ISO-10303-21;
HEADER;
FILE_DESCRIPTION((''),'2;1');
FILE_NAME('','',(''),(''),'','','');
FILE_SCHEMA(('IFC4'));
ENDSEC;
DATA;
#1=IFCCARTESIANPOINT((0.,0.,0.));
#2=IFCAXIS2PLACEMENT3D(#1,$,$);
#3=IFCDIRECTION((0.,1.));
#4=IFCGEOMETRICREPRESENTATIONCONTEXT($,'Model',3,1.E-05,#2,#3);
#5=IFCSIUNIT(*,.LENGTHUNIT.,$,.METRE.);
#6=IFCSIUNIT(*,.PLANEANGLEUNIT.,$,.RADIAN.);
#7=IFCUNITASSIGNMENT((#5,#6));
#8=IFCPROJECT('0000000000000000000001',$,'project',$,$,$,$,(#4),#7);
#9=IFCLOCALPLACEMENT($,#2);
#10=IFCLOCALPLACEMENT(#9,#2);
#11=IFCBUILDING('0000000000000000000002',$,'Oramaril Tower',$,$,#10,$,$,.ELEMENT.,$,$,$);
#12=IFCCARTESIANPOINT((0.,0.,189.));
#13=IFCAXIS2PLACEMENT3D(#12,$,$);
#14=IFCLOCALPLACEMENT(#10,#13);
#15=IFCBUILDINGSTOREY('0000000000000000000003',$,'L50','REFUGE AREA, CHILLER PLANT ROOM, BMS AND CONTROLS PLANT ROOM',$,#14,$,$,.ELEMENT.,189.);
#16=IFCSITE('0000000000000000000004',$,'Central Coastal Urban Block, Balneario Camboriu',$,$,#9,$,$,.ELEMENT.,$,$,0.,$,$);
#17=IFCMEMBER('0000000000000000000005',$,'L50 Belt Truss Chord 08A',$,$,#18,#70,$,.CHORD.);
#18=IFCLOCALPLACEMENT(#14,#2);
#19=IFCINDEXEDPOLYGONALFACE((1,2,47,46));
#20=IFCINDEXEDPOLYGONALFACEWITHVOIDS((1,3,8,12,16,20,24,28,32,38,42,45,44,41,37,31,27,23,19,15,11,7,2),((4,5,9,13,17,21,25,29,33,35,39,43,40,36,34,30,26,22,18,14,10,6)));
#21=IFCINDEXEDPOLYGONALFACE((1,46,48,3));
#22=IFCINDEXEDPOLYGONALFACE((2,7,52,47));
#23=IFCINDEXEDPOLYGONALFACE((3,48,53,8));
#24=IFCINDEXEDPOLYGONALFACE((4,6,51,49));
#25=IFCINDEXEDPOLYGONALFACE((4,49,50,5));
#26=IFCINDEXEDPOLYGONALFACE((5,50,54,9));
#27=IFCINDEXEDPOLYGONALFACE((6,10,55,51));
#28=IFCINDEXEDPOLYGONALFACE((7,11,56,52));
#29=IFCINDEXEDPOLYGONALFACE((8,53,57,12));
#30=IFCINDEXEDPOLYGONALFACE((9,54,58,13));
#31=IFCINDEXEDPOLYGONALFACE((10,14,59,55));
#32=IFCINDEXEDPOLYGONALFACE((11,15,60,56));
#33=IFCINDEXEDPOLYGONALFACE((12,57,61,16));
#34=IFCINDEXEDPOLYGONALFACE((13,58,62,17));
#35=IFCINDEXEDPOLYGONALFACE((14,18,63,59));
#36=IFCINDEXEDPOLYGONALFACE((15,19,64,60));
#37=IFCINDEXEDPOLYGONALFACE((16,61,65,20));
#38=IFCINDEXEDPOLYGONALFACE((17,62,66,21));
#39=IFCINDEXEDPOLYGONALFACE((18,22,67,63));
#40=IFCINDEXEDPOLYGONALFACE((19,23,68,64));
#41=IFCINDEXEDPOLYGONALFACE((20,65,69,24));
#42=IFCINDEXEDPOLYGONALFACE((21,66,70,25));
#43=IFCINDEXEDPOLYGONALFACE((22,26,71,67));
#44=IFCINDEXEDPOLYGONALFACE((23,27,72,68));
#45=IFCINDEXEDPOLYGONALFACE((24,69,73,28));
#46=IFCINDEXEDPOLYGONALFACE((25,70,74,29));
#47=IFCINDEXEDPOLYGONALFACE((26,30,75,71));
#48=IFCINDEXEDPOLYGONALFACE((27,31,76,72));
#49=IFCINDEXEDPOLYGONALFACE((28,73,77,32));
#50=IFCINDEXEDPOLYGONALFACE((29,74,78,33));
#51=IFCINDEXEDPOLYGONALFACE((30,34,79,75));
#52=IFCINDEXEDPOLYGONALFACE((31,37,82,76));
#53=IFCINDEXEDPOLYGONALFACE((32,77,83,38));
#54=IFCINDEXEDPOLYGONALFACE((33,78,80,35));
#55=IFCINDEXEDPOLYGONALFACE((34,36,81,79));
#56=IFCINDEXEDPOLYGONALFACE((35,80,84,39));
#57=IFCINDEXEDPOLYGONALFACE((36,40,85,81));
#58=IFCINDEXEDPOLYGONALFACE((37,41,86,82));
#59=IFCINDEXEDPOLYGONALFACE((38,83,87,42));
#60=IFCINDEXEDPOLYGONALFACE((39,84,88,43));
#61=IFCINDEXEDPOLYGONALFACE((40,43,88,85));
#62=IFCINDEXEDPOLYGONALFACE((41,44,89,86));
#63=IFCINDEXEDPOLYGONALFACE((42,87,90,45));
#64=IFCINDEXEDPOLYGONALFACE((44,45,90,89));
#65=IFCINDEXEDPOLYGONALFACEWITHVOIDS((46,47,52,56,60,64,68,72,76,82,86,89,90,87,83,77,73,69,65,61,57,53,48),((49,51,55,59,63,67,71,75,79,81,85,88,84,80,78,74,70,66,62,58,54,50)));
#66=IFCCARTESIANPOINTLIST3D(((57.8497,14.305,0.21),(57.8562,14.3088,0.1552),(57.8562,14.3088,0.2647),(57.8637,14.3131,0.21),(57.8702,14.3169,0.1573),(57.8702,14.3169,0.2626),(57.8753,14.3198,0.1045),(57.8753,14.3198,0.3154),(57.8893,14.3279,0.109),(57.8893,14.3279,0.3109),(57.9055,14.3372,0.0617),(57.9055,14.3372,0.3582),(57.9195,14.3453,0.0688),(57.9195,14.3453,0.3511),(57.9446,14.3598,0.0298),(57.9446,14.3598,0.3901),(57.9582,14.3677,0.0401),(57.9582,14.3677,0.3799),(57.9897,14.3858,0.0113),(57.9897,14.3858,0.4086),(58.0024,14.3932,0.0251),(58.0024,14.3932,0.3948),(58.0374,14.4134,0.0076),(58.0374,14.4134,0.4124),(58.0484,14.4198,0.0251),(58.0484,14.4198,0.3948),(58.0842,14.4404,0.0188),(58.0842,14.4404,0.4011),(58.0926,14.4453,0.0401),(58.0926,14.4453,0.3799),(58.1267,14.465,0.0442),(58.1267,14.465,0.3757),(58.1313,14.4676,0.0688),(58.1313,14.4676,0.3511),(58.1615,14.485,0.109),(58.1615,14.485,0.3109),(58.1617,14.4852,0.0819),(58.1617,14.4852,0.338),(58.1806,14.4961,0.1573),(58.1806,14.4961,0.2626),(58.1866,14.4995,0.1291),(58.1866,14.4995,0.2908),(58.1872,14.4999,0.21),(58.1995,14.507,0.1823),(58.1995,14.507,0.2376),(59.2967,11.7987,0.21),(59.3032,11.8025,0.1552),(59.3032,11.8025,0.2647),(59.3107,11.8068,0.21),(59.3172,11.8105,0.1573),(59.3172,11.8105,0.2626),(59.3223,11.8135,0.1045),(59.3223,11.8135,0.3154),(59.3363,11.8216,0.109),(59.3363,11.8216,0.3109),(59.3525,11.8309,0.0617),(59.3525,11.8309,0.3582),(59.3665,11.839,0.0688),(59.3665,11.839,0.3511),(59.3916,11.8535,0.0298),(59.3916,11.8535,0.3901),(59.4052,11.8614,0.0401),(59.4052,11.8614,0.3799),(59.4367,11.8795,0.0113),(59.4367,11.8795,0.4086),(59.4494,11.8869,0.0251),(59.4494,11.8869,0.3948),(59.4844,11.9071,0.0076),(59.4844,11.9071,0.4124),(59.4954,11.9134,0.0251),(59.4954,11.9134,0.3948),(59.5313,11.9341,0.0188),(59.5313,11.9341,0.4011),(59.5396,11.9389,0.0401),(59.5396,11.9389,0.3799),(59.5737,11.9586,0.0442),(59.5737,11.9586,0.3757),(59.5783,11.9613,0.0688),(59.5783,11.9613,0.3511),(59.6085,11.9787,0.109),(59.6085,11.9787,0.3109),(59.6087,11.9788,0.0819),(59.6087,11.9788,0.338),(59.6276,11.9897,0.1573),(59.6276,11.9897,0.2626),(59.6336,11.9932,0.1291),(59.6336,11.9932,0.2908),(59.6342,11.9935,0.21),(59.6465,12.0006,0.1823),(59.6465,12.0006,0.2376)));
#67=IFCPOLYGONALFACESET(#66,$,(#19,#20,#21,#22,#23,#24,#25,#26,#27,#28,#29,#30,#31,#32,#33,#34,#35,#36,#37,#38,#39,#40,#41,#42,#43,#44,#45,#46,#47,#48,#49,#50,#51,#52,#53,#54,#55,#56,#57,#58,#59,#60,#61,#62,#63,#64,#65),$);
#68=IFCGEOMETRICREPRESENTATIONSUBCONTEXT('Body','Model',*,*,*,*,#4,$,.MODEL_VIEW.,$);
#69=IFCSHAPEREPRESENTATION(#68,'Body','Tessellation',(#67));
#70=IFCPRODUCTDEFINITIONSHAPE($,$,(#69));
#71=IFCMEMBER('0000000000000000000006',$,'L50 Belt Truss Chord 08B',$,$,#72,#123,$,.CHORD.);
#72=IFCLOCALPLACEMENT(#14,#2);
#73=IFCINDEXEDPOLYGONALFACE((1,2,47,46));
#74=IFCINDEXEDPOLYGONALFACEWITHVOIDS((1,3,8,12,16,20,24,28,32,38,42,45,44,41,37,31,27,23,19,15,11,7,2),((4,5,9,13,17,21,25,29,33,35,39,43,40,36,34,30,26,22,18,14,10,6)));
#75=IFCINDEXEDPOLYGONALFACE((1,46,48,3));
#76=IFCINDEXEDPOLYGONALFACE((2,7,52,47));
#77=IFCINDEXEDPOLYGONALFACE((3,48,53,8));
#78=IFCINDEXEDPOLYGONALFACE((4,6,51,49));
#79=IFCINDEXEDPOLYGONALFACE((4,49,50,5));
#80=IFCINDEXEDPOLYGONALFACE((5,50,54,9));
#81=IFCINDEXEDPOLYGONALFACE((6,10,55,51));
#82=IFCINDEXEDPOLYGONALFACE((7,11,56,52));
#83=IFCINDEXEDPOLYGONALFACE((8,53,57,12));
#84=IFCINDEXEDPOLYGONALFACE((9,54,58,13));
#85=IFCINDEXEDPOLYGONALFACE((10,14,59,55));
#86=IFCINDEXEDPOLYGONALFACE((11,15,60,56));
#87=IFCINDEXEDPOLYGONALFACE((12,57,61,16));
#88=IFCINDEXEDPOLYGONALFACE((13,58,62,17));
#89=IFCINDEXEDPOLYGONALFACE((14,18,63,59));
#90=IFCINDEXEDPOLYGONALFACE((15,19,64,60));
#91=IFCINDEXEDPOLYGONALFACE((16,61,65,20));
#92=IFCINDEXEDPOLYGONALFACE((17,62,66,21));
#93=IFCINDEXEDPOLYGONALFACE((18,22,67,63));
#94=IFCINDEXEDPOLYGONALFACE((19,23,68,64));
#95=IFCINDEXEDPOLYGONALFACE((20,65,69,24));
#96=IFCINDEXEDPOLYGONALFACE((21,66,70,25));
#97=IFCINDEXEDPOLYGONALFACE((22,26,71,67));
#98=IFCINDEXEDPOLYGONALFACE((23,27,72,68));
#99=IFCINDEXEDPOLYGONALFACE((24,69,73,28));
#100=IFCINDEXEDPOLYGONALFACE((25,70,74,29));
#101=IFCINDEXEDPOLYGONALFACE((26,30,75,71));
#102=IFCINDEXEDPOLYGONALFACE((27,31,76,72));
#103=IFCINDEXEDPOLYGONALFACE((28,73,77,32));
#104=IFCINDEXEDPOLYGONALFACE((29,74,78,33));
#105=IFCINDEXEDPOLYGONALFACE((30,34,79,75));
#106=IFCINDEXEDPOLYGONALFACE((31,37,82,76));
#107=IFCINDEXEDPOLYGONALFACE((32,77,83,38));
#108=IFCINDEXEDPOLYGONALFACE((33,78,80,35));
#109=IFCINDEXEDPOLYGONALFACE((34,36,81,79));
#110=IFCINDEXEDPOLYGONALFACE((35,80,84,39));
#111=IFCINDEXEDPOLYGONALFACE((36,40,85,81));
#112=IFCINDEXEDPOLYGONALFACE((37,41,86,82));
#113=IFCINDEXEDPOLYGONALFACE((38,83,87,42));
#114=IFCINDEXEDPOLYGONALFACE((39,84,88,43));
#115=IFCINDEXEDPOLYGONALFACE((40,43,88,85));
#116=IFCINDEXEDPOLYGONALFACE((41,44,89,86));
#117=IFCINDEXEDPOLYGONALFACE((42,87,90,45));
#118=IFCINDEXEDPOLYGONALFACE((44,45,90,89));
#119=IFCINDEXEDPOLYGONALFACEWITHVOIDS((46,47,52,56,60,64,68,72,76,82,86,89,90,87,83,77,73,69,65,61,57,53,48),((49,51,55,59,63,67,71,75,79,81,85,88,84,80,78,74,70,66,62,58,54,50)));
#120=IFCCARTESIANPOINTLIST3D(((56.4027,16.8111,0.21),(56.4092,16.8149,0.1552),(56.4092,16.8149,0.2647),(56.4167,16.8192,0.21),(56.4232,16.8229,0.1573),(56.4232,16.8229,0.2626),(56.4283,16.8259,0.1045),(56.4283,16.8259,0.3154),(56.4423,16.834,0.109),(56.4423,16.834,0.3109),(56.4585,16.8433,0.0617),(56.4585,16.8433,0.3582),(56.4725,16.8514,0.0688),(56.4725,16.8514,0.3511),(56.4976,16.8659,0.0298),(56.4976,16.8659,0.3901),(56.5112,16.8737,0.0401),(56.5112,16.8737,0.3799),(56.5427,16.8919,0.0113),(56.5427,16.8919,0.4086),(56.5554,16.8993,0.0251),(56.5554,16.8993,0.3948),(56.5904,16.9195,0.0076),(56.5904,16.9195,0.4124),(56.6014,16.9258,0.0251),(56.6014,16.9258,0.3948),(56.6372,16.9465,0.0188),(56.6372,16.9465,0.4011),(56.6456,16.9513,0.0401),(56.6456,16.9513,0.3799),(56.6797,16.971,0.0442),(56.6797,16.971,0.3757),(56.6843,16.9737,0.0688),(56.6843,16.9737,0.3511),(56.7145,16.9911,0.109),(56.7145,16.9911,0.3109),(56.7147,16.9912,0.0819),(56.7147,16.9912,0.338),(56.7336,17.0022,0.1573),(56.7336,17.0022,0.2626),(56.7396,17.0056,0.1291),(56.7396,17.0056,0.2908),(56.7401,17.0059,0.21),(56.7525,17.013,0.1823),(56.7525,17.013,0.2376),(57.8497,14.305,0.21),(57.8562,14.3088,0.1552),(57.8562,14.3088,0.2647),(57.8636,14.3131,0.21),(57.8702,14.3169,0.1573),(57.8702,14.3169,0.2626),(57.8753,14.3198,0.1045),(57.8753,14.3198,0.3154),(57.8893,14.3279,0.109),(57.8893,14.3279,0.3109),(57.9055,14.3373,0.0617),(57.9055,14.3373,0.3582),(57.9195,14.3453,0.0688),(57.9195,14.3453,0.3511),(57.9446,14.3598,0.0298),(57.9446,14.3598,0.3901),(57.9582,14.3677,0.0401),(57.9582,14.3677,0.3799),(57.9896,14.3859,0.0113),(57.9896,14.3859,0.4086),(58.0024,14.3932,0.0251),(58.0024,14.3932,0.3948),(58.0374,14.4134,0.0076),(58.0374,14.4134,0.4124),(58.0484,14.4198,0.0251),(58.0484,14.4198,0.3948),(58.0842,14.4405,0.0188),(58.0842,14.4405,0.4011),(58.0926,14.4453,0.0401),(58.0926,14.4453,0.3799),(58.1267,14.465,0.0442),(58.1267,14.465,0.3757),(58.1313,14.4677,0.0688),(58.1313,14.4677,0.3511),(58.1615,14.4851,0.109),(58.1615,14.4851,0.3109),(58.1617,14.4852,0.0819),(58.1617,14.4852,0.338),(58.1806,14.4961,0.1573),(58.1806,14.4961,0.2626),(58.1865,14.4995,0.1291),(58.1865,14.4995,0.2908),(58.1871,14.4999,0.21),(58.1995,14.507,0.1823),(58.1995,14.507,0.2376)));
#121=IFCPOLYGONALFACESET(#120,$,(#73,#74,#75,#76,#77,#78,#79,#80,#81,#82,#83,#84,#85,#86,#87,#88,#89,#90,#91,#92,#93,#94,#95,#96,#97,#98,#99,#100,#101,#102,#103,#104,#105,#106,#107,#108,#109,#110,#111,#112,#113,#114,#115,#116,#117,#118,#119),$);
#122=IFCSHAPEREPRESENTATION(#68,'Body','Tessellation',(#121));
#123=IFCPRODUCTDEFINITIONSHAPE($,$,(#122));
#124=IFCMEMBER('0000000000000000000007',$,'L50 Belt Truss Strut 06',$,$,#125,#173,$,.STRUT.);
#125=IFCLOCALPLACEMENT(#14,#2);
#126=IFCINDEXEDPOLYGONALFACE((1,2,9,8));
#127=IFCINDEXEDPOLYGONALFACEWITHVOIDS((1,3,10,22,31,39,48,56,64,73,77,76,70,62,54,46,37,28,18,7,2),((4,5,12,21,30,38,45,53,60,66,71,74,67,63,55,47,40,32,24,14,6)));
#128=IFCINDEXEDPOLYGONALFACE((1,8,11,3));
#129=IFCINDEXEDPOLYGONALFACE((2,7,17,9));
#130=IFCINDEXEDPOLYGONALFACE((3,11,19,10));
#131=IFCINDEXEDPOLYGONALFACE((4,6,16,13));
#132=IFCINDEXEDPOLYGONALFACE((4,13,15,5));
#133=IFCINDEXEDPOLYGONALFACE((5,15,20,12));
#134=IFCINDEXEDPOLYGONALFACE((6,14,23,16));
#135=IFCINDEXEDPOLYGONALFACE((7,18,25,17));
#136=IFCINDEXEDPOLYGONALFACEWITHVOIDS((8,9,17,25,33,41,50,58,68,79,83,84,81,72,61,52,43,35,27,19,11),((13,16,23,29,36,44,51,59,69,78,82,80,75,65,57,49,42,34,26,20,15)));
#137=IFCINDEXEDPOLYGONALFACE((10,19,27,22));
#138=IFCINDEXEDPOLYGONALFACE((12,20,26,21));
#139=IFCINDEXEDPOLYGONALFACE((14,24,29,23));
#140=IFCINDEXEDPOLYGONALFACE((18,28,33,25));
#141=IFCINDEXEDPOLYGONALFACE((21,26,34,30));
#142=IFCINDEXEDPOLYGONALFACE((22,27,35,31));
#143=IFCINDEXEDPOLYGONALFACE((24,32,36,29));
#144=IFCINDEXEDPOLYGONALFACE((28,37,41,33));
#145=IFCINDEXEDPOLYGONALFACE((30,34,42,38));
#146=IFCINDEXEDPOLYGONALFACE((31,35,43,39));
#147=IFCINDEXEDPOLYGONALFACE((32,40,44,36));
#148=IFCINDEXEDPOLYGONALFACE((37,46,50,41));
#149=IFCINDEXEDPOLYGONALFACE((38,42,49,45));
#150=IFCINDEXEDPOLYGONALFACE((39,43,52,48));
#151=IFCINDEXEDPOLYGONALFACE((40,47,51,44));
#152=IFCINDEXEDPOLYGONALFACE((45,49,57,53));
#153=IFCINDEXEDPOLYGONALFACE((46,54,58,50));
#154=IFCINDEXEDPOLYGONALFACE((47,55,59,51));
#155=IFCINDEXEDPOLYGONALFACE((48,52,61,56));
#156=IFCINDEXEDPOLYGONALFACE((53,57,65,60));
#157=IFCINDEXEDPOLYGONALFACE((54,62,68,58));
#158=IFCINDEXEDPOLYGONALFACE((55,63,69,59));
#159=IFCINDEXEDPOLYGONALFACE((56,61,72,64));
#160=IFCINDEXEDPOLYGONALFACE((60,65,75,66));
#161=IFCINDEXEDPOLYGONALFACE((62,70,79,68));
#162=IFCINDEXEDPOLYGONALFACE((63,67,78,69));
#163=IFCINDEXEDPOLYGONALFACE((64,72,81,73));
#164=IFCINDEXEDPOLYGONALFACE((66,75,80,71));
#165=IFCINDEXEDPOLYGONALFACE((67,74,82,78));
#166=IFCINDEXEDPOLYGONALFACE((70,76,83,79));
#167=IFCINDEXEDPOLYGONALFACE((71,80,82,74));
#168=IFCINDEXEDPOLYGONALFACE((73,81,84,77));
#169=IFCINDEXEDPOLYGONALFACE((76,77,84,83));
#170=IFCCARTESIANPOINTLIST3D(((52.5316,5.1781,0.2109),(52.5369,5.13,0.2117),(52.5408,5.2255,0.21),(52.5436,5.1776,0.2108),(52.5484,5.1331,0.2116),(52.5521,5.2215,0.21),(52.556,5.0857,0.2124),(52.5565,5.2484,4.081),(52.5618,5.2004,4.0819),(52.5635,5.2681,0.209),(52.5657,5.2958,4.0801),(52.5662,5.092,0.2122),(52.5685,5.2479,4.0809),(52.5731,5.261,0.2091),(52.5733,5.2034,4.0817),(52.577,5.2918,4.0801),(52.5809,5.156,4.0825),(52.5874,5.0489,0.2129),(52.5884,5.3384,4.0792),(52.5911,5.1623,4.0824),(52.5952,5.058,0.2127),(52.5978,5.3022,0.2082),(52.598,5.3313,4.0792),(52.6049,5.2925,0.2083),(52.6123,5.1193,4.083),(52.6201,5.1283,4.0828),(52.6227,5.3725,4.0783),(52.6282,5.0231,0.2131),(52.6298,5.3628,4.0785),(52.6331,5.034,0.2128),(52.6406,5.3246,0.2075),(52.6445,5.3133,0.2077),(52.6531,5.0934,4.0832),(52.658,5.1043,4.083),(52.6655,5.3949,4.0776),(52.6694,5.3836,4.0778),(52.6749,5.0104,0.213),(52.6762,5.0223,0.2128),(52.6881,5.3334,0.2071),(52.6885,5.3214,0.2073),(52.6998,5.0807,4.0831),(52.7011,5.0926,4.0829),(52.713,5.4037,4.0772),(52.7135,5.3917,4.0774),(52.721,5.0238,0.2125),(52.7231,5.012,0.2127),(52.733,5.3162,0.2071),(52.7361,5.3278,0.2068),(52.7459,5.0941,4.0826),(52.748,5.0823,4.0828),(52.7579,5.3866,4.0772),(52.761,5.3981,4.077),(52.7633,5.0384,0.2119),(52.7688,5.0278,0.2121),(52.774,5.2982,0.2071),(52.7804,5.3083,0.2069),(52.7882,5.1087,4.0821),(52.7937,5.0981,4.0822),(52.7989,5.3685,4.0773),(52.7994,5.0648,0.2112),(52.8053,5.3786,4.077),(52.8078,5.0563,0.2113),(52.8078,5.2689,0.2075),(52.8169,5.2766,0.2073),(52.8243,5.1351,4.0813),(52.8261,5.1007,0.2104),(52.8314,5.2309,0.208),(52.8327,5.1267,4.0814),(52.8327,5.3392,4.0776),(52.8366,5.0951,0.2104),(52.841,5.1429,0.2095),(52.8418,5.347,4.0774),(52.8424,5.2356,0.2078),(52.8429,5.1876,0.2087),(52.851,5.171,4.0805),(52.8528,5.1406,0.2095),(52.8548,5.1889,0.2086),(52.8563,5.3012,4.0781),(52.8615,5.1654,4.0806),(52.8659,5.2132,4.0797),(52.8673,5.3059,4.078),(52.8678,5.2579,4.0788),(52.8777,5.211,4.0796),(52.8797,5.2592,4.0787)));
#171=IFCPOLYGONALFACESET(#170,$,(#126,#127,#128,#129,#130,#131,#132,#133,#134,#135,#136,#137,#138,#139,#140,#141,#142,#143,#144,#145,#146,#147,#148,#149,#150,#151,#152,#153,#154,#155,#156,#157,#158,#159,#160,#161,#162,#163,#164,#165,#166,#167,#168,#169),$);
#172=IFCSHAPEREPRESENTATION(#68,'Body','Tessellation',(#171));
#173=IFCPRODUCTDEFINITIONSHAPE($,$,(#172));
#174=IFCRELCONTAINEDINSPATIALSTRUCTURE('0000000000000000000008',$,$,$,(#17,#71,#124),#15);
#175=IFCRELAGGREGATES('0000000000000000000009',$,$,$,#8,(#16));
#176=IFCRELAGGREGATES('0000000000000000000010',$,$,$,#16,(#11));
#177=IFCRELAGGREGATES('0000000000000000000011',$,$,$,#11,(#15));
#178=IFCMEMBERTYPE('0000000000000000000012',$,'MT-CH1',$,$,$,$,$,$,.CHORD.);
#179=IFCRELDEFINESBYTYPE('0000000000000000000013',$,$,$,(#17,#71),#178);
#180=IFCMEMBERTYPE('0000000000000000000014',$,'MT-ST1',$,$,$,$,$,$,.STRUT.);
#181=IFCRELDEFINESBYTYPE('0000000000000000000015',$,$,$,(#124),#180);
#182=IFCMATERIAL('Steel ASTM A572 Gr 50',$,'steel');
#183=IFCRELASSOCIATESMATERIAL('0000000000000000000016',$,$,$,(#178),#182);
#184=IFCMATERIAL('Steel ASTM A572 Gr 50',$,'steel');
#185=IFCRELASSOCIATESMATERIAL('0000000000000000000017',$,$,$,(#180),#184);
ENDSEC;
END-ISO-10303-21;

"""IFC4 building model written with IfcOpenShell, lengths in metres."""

from ifc_helpers import new_model, si_unit, direction, frame, origin, origin_2d, place, context, subcontext, project, spatial, hollow_circle, extrude, material, material_profile, profile_set, type_object, element, save


model = new_model("IFC4")

# Units and contexts
model_context = context("Model", 3, precision=1e-05, world=origin(), true_north=direction((0.0, 1.0)))
body_context = subcontext(model_context, "Body", "Model", "MODEL_VIEW")
ifc_project = project(units=[si_unit("LENGTHUNIT", "METRE"), si_unit("PLANEANGLEUNIT", "RADIAN")], contexts=[model_context])

# Site, building, storey
site_placement = place(None, origin())
site = spatial("IfcSite", under=ifc_project, at=site_placement, Name="Central Coastal Urban Block, Balneario Camboriu", CompositionType="ELEMENT", RefElevation=0.0)
building_placement = place(site_placement, origin())
building = spatial("IfcBuilding", under=site, at=building_placement, Name="Oramaril Tower", CompositionType="ELEMENT")
storey_placement = place(building_placement, frame((0.0, 0.0, 189.0)))
storey = spatial("IfcBuildingStorey", under=building, at=storey_placement, Name="L50", Description="REFUGE AREA, CHILLER PLANT ROOM, BMS AND CONTROLS PLANT ROOM", CompositionType="ELEMENT", Elevation=189.0)

# Members
ifc_material_1 = material(Name="Steel ASTM A572 Gr 50", Category="steel")
ifc_material_profile_1 = material_profile(ifc_material_1, hollow_circle(Radius=0.2029, WallThickness=0.0161, at=origin_2d()), Name="CHS406X16")
ifc_profile_set_1 = profile_set([ifc_material_profile_1], Name="Steel ASTM A572 Gr 50")
member_type_1 = type_object("IfcMemberType", Name="MT-CH1", PredefinedType="CHORD", material=ifc_profile_set_1)
member_1_placement = place(storey_placement, frame((59.4724, 11.9001, 0.21), z_axis=(-0.499995, 0.866028, 0.0), x_axis=(-0.866028, -0.499995, 0.0)))
element("IfcMember", 1, at=member_1_placement, inside=storey, type_object=member_type_1, Name="L50 Belt Truss Chord 08A", PredefinedType="CHORD", context=body_context, shape_type="SweptSolid", body=[
    extrude(hollow_circle(Radius=0.2029, WallThickness=0.0161, at=origin_2d()), origin(), (0.0, 0.0, 1.0), 2.894),
])
member_2_placement = place(storey_placement, frame((58.0254, 14.4065, 0.21), z_axis=(-0.500032, 0.866007, 0.0), x_axis=(-0.866007, -0.500032, 0.0)))
element("IfcMember", 2, at=member_2_placement, inside=storey, type_object=member_type_1, Name="L50 Belt Truss Chord 08B", PredefinedType="CHORD", context=body_context, shape_type="SweptSolid", body=[
    extrude(hollow_circle(Radius=0.2029, WallThickness=0.0161, at=origin_2d()), origin(), (0.0, 0.0, 1.0), 2.8938),
])
ifc_material_2 = material(Name="Steel ASTM A572 Gr 50", Category="steel")
ifc_material_profile_2 = material_profile(ifc_material_2, hollow_circle(Radius=0.1621, WallThickness=0.012, at=origin_2d()), Name="CHS324X12")
ifc_profile_set_2 = profile_set([ifc_material_profile_2], Name="Steel ASTM A572 Gr 50")
member_type_2 = type_object("IfcMemberType", Name="MT-ST1", PredefinedType="STRUT", material=ifc_profile_set_2)
member_3_placement = place(storey_placement, frame((52.6936, 5.1714, 0.21), z_axis=(0.006433, 0.018165, 0.999814), x_axis=(-0.942627, 0.333847, 0.0)))
element("IfcMember", 3, at=member_3_placement, inside=storey, type_object=member_type_2, Name="L50 Belt Truss Strut 06", PredefinedType="STRUT", context=body_context, shape_type="SweptSolid", body=[
    extrude(hollow_circle(Radius=0.1621, WallThickness=0.012, at=origin_2d()), origin(), (0.0, 0.0, 1.0), 3.8708),
])

save(model, "model.ifc")
